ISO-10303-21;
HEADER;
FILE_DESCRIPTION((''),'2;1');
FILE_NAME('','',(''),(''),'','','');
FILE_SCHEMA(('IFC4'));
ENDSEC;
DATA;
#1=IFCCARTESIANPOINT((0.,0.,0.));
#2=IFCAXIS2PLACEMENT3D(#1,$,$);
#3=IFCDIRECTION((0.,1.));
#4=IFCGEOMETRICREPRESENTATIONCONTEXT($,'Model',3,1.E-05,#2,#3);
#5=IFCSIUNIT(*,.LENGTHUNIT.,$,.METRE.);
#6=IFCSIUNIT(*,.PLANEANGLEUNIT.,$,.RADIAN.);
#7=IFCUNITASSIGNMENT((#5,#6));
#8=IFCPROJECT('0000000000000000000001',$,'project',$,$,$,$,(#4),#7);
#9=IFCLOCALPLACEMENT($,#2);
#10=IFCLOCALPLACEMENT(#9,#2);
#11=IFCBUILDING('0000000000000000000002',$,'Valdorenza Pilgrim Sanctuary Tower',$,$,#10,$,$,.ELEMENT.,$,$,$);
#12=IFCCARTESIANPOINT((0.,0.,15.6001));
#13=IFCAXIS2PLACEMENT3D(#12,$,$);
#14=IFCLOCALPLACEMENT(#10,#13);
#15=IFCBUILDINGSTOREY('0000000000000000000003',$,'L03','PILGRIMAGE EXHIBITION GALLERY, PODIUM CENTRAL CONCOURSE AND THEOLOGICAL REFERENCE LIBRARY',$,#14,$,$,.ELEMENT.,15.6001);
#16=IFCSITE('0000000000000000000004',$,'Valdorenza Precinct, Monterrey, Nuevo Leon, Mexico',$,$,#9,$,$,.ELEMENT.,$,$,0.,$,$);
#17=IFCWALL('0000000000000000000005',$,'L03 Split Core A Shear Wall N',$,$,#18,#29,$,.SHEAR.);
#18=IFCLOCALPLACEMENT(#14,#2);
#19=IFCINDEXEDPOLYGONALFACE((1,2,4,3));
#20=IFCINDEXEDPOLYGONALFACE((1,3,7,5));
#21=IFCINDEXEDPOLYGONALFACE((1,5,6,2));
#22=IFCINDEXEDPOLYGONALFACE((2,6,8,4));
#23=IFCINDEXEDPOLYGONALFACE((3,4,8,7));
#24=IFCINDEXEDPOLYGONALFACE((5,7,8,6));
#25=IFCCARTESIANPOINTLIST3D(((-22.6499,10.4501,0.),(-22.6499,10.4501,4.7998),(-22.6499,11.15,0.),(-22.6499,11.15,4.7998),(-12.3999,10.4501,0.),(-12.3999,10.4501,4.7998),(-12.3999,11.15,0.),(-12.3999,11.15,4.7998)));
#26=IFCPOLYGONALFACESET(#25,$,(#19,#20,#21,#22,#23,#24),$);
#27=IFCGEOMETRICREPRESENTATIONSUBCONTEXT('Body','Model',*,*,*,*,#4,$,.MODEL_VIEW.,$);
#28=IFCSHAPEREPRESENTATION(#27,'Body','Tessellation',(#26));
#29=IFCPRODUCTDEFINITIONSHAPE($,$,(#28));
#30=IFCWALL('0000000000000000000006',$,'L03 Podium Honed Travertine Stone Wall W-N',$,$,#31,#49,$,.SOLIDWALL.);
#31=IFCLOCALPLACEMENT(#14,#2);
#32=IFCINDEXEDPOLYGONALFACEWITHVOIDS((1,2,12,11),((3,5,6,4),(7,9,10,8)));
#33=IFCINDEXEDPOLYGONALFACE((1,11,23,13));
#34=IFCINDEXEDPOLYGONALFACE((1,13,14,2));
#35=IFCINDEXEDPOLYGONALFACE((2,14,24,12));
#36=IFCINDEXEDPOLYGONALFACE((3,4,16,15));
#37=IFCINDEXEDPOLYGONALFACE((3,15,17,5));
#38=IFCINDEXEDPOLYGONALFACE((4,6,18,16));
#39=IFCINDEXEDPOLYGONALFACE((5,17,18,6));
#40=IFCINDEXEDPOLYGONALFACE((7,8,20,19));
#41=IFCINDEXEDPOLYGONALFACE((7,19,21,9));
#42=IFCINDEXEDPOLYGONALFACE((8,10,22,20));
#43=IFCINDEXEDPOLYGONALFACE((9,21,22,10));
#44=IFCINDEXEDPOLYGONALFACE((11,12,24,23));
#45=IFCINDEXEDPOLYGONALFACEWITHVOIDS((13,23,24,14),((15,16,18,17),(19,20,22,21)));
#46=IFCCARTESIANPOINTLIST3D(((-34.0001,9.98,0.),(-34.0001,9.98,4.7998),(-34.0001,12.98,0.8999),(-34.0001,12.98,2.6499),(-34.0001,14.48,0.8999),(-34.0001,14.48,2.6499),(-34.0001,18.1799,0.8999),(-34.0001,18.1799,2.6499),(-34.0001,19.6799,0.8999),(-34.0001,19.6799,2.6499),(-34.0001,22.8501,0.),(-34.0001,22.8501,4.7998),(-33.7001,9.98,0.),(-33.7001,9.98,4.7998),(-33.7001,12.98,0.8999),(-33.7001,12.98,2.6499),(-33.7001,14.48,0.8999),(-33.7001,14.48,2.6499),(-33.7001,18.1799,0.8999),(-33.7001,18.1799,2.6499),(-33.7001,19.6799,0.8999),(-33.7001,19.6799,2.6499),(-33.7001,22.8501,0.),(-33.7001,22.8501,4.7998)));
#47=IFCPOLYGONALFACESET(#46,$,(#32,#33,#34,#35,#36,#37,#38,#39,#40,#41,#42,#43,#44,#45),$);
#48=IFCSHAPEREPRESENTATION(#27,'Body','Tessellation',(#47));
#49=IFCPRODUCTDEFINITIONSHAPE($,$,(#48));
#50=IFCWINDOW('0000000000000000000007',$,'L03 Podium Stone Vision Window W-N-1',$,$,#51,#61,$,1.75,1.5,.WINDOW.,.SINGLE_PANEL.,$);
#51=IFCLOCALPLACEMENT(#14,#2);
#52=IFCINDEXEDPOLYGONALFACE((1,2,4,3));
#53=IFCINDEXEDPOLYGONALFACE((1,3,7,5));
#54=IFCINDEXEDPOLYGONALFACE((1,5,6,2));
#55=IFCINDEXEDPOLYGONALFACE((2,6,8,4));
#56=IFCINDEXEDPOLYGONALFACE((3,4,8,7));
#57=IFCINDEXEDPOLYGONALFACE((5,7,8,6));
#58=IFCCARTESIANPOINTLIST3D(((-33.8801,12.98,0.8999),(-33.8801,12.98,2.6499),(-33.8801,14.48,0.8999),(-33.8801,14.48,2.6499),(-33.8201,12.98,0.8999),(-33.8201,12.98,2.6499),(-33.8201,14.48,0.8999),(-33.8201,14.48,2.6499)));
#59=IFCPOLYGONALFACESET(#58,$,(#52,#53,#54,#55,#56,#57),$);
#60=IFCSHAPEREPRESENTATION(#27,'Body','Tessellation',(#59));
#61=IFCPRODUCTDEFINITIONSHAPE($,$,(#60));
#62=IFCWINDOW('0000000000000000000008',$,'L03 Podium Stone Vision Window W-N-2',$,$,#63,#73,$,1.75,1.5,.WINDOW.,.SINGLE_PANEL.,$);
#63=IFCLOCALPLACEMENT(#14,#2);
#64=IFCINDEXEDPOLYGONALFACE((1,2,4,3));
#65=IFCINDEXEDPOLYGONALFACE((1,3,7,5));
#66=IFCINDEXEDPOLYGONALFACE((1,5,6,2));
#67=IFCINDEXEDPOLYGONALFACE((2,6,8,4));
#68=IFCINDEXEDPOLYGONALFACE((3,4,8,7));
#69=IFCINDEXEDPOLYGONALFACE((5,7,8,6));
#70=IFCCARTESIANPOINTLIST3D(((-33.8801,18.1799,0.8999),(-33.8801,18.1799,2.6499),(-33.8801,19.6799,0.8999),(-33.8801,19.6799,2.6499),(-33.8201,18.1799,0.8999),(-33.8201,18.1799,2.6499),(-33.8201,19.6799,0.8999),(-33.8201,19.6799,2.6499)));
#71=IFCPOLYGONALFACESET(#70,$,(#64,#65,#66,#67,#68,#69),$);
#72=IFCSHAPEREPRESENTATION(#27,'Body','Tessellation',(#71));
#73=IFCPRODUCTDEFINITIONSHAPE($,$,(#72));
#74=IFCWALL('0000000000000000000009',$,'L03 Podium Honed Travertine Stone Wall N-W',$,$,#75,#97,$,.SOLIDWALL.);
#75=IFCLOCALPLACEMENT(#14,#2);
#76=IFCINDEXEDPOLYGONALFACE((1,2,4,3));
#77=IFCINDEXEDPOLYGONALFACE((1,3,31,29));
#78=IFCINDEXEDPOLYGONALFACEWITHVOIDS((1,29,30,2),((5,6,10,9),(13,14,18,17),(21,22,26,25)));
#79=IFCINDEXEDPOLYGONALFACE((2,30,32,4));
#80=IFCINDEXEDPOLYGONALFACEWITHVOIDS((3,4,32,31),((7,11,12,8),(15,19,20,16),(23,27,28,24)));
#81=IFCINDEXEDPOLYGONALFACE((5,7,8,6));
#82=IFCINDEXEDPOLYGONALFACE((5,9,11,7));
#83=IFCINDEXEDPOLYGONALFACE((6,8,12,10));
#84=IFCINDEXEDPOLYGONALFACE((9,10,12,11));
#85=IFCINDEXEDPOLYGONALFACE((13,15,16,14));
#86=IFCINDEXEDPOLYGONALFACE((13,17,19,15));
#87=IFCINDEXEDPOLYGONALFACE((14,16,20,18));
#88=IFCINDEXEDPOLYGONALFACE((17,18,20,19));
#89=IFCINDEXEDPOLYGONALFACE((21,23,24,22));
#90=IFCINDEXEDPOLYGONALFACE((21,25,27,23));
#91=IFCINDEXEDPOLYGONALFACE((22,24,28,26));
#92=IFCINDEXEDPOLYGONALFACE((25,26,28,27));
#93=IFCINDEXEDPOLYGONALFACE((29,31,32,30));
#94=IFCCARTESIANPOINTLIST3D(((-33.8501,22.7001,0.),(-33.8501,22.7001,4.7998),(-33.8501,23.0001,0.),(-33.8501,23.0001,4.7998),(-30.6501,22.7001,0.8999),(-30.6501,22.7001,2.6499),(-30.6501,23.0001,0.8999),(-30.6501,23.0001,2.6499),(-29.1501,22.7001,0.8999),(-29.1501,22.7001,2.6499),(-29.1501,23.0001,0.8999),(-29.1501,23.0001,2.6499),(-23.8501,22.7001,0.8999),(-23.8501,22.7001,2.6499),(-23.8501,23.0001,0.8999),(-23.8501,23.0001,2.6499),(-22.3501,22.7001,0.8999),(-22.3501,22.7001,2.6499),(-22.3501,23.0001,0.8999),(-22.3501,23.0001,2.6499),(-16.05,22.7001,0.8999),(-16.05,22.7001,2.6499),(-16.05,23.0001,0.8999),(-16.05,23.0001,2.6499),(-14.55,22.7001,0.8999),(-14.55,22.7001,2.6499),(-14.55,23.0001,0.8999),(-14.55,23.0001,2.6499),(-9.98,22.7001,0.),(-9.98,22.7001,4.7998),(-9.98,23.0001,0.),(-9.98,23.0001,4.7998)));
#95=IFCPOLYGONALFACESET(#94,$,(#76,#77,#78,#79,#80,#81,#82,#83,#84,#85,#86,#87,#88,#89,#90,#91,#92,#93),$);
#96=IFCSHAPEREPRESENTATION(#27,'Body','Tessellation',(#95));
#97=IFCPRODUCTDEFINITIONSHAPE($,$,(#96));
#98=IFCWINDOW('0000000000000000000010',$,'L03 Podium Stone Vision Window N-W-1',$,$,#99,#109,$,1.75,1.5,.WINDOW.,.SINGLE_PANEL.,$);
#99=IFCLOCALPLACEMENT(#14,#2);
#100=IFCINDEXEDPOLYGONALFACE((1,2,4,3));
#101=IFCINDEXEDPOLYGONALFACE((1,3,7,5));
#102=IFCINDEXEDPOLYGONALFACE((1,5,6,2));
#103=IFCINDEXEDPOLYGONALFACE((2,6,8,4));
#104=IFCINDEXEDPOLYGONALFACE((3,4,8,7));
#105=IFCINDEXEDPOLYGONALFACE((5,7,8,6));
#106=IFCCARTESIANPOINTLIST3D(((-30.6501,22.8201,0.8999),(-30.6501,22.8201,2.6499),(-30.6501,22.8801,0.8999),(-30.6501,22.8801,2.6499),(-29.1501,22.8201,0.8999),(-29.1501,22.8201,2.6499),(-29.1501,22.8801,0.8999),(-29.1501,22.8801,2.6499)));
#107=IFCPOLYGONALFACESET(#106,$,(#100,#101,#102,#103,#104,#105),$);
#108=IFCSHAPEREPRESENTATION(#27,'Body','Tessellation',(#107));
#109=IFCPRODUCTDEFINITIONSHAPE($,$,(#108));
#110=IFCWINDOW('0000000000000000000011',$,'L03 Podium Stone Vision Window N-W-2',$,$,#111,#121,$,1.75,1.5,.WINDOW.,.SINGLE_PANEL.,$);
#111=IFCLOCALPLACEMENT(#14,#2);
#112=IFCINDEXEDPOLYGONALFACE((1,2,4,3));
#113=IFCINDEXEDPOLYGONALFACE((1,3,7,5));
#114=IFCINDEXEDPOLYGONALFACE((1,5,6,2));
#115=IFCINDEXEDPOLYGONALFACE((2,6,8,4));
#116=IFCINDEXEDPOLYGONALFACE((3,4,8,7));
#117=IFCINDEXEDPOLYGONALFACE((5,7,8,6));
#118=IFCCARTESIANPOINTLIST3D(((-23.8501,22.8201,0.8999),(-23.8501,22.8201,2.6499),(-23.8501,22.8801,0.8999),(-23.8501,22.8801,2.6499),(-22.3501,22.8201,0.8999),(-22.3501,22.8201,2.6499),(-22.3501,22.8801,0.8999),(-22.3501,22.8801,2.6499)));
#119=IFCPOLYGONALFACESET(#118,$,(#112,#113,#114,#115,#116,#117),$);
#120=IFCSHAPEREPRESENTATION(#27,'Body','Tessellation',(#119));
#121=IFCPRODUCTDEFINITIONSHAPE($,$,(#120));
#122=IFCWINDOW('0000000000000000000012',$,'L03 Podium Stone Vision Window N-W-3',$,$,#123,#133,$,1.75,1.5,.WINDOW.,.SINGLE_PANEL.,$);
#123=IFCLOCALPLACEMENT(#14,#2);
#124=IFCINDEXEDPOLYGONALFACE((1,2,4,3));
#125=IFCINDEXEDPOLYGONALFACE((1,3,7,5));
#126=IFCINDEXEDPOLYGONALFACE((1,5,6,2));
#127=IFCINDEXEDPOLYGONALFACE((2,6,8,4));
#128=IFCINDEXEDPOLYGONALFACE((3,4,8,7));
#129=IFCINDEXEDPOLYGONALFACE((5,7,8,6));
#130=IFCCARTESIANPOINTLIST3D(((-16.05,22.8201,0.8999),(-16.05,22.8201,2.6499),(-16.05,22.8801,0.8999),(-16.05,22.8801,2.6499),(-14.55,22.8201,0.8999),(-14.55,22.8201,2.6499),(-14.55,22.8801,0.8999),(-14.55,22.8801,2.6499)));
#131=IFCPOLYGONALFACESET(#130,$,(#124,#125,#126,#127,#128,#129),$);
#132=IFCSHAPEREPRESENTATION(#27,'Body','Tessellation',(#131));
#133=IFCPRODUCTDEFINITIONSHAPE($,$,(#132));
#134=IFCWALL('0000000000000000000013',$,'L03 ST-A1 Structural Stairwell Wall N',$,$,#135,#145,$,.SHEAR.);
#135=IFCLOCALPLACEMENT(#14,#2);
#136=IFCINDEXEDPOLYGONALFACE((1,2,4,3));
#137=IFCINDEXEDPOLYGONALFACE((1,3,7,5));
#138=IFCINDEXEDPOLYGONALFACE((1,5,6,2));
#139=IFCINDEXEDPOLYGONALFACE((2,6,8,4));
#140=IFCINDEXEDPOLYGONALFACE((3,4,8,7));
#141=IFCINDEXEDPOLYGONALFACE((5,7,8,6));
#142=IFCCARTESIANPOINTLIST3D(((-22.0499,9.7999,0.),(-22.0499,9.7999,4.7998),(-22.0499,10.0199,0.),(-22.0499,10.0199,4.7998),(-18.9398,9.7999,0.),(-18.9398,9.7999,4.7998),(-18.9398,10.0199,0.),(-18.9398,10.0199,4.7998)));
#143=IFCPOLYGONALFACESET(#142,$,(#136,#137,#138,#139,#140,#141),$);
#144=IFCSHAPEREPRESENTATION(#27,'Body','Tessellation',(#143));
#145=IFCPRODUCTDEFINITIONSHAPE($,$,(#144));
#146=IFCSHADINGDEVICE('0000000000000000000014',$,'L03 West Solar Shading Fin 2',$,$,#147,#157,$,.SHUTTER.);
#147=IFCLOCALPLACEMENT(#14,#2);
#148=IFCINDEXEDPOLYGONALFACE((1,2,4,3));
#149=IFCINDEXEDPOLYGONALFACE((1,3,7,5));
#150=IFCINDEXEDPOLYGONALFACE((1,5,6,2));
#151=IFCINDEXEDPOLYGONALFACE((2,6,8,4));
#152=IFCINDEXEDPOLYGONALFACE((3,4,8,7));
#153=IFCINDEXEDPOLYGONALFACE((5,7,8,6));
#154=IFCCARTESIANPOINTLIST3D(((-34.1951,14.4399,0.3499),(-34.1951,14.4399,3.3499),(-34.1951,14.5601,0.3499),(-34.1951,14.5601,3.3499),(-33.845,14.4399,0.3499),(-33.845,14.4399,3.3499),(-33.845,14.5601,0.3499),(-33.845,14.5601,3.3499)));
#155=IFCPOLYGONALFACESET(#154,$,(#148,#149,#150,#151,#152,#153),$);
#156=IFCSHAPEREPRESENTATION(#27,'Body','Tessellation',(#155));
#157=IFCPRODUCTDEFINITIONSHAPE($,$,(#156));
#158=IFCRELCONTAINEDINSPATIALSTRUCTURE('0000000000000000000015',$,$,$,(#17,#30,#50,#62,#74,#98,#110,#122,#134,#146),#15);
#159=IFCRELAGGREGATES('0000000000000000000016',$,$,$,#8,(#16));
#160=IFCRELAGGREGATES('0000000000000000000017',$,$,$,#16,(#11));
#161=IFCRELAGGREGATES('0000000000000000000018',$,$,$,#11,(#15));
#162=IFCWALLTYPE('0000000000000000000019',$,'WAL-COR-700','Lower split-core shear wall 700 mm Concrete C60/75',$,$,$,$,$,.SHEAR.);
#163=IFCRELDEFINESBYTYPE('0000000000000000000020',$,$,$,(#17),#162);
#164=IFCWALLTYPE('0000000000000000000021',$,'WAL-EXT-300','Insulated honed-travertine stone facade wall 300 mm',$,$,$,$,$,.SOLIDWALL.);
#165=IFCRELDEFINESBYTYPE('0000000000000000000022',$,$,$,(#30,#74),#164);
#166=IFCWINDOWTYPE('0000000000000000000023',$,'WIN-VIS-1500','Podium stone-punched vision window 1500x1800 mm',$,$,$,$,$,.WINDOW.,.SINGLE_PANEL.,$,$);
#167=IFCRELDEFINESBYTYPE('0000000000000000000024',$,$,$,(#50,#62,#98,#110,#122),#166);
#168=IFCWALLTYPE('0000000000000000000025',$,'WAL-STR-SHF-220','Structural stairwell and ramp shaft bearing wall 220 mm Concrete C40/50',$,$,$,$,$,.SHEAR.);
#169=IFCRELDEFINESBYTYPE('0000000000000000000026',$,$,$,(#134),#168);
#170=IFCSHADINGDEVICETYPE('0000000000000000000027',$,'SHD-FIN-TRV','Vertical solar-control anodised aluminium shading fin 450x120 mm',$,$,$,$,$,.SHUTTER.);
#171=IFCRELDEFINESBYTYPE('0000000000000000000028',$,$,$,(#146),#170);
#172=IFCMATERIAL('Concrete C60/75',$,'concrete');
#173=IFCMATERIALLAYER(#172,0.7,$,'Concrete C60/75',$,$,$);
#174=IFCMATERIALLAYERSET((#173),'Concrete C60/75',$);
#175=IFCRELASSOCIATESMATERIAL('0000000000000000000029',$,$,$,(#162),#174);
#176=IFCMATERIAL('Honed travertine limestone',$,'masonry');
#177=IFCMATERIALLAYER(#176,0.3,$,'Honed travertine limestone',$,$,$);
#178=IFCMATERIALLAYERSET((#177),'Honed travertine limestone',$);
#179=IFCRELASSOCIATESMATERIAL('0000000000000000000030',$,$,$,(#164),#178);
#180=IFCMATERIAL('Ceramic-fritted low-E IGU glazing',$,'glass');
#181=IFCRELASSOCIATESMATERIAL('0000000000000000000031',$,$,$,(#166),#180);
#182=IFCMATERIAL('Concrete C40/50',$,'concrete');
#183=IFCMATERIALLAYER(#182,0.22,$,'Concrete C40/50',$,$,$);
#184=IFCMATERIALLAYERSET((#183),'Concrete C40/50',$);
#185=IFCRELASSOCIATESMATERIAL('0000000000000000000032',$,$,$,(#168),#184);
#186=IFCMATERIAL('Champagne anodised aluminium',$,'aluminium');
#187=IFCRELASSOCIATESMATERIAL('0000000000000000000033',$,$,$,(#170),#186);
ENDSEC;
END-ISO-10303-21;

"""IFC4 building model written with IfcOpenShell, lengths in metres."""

from ifc_helpers import new_model, si_unit, direction, frame, frame_2d, origin, origin_2d, place, context, subcontext, project, spatial, rectangle, extrude, source, transform, mapped, material, layer, layer_set, type_object, element, fill, save


model = new_model("IFC4")

# Units and contexts
model_context = context("Model", 3, precision=1e-05, world=origin(), true_north=direction((0.0, 1.0)))
body_context = subcontext(model_context, "Body", "Model", "MODEL_VIEW")
ifc_project = project(units=[si_unit("LENGTHUNIT", "METRE"), si_unit("PLANEANGLEUNIT", "RADIAN")], contexts=[model_context])

# Site, building, storey
site_placement = place(None, origin())
site = spatial("IfcSite", under=ifc_project, at=site_placement, Name="Valdorenza Precinct, Monterrey, Nuevo Leon, Mexico", CompositionType="ELEMENT", RefElevation=0.0)
building_placement = place(site_placement, origin())
building = spatial("IfcBuilding", under=site, at=building_placement, Name="Valdorenza Pilgrim Sanctuary Tower", CompositionType="ELEMENT")
storey_placement = place(building_placement, frame((0.0, 0.0, 15.6001)))
storey = spatial("IfcBuildingStorey", under=building, at=storey_placement, Name="L03", Description="PILGRIMAGE EXHIBITION GALLERY, PODIUM CENTRAL CONCOURSE AND THEOLOGICAL REFERENCE LIBRARY", CompositionType="ELEMENT", Elevation=15.6001)

# Shared definitions
ifc_material_1 = material(Name="Concrete C60/75", Category="concrete")

# Wall
ifc_layer_1 = layer(ifc_material_1, 0.7, Name="Concrete C60/75")
ifc_layer_set_1 = layer_set([ifc_layer_1], Name="Concrete C60/75")
wall_type_1 = type_object("IfcWallType", Name="WAL-COR-700", Description="Lower split-core shear wall 700 mm Concrete C60/75", PredefinedType="SHEAR", material=ifc_layer_set_1)
wall_1_placement = place(storey_placement, frame((-22.6499, 10.8, 0.0), z_axis=(0.0, 0.0, 1.0), x_axis=(1.0, 0.0, 0.0)))
element("IfcWall", 1, at=wall_1_placement, inside=storey, type_object=wall_type_1, Name="L03 Split Core A Shear Wall N", PredefinedType="SHEAR", context=body_context, shape_type="SweptSolid", body=[
    extrude(rectangle(XDim=10.25, YDim=0.7, at=frame_2d((5.125, 0.0))), origin(), (0.0, 0.0, 1.0), 4.7998),
])

# Walls, openings, windows
ifc_material_2 = material(Name="Honed travertine limestone", Category="masonry")
ifc_layer_2 = layer(ifc_material_2, 0.3, Name="Honed travertine limestone")
ifc_layer_set_2 = layer_set([ifc_layer_2], Name="Honed travertine limestone")
wall_type_2 = type_object("IfcWallType", Name="WAL-EXT-300", Description="Insulated honed-travertine stone facade wall 300 mm", PredefinedType="SOLIDWALL", material=ifc_layer_set_2)
wall_2_placement = place(storey_placement, frame((-33.8501, 9.98, 0.0), z_axis=(0.0, 0.0, 1.0), x_axis=(0.0, 1.0, 0.0)))
wall_2 = element("IfcWall", 2, at=wall_2_placement, inside=storey, type_object=wall_type_2, Name="L03 Podium Honed Travertine Stone Wall W-N", PredefinedType="SOLIDWALL", context=body_context, shape_type="SweptSolid", body=[
    extrude(rectangle(XDim=12.8701, YDim=0.3, at=frame_2d((6.4351, 0.0))), origin(), (0.0, 0.0, 1.0), 4.7998),
])
opening_1_placement = place(wall_2_placement, frame((3.0, 0.0, 0.8999)))
opening_1 = element("IfcOpeningElement", 3, at=opening_1_placement, cuts=wall_2, PredefinedType="OPENING", context=body_context, shape_type="SweptSolid", body=[
    extrude(rectangle(XDim=1.5, YDim=1.75, at=frame_2d((0.75, 0.875))), frame((0.0, 0.165, 0.0), z_axis=(0.0, -1.0, 0.0), x_axis=(1.0, 0.0, 0.0)), (0.0, 0.0, 1.0), 0.3298),
])
opening_2_placement = place(wall_2_placement, frame((8.2, 0.0, 0.8999)))
opening_2 = element("IfcOpeningElement", 4, at=opening_2_placement, cuts=wall_2, PredefinedType="OPENING", context=body_context, shape_type="SweptSolid", body=[
    extrude(rectangle(XDim=1.5, YDim=1.75, at=frame_2d((0.75, 0.875))), frame((0.0, 0.165, 0.0), z_axis=(0.0, -1.0, 0.0), x_axis=(1.0, 0.0, 0.0)), (0.0, 0.0, 1.0), 0.3298),
])
ifc_material_3 = material(Name="Ceramic-fritted low-E IGU glazing", Category="glass")
window_type = type_object("IfcWindowType", Name="WIN-VIS-1500", Description="Podium stone-punched vision window 1500x1800 mm", PartitioningType="SINGLE_PANEL", PredefinedType="WINDOW", material=ifc_material_3)
window_1_placement = place(opening_1_placement, origin())
window_1 = element("IfcWindow", 5, at=window_1_placement, inside=storey, type_object=window_type, Name="L03 Podium Stone Vision Window W-N-1", OverallHeight=1.75, OverallWidth=1.5, PartitioningType="SINGLE_PANEL", PredefinedType="WINDOW", context=body_context, shape_type="SweptSolid", body=[
    extrude(rectangle(XDim=1.5, YDim=1.75, at=frame_2d((0.75, 0.875))), frame((0.0, 0.03, 0.0), z_axis=(0.0, -1.0, 0.0), x_axis=(1.0, 0.0, 0.0)), (0.0, 0.0, 1.0), 0.0601),
])
fill(opening_1, window_1)
window_2_placement = place(opening_2_placement, origin())
window_2 = element("IfcWindow", 6, at=window_2_placement, inside=storey, type_object=window_type, Name="L03 Podium Stone Vision Window W-N-2", OverallHeight=1.75, OverallWidth=1.5, PartitioningType="SINGLE_PANEL", PredefinedType="WINDOW", context=body_context, shape_type="SweptSolid", body=[
    extrude(rectangle(XDim=1.5, YDim=1.75, at=frame_2d((0.75, 0.875))), frame((0.0, 0.03, 0.0), z_axis=(0.0, -1.0, 0.0), x_axis=(1.0, 0.0, 0.0)), (0.0, 0.0, 1.0), 0.0601),
])
fill(opening_2, window_2)
wall_3_placement = place(storey_placement, frame((-33.8501, 22.8501, 0.0), z_axis=(0.0, 0.0, 1.0), x_axis=(1.0, 0.0, 0.0)))
wall_3 = element("IfcWall", 7, at=wall_3_placement, inside=storey, type_object=wall_type_2, Name="L03 Podium Honed Travertine Stone Wall N-W", PredefinedType="SOLIDWALL", context=body_context, shape_type="SweptSolid", body=[
    extrude(rectangle(XDim=23.8701, YDim=0.3, at=frame_2d((11.9351, 0.0))), origin(), (0.0, 0.0, 1.0), 4.7998),
])
opening_3_placement = place(wall_3_placement, frame((3.2, 0.0, 0.8999)))
opening_3 = element("IfcOpeningElement", 8, at=opening_3_placement, cuts=wall_3, PredefinedType="OPENING", context=body_context, shape_type="SweptSolid", body=[
    extrude(rectangle(XDim=1.5, YDim=1.75, at=frame_2d((0.75, 0.875))), frame((0.0, 0.165, 0.0), z_axis=(0.0, -1.0, 0.0), x_axis=(1.0, 0.0, 0.0)), (0.0, 0.0, 1.0), 0.3298),
])
opening_4_placement = place(wall_3_placement, frame((10.0, 0.0, 0.8999)))
opening_4 = element("IfcOpeningElement", 9, at=opening_4_placement, cuts=wall_3, PredefinedType="OPENING", context=body_context, shape_type="SweptSolid", body=[
    extrude(rectangle(XDim=1.5, YDim=1.75, at=frame_2d((0.75, 0.875))), frame((0.0, 0.165, 0.0), z_axis=(0.0, -1.0, 0.0), x_axis=(1.0, 0.0, 0.0)), (0.0, 0.0, 1.0), 0.3298),
])
opening_5_placement = place(wall_3_placement, frame((17.8, 0.0, 0.8999)))
opening_5 = element("IfcOpeningElement", 10, at=opening_5_placement, cuts=wall_3, PredefinedType="OPENING", context=body_context, shape_type="SweptSolid", body=[
    extrude(rectangle(XDim=1.5, YDim=1.75, at=frame_2d((0.75, 0.875))), frame((0.0, 0.165, 0.0), z_axis=(0.0, -1.0, 0.0), x_axis=(1.0, 0.0, 0.0)), (0.0, 0.0, 1.0), 0.3298),
])
window_3_placement = place(opening_3_placement, origin())
window_3 = element("IfcWindow", 11, at=window_3_placement, inside=storey, type_object=window_type, Name="L03 Podium Stone Vision Window N-W-1", OverallHeight=1.75, OverallWidth=1.5, PartitioningType="SINGLE_PANEL", PredefinedType="WINDOW", context=body_context, shape_type="SweptSolid", body=[
    extrude(rectangle(XDim=1.5, YDim=1.75, at=frame_2d((0.75, 0.875))), frame((0.0, 0.03, 0.0), z_axis=(0.0, -1.0, 0.0), x_axis=(1.0, 0.0, 0.0)), (0.0, 0.0, 1.0), 0.0601),
])
fill(opening_3, window_3)
window_4_placement = place(opening_4_placement, origin())
window_4 = element("IfcWindow", 12, at=window_4_placement, inside=storey, type_object=window_type, Name="L03 Podium Stone Vision Window N-W-2", OverallHeight=1.75, OverallWidth=1.5, PartitioningType="SINGLE_PANEL", PredefinedType="WINDOW", context=body_context, shape_type="SweptSolid", body=[
    extrude(rectangle(XDim=1.5, YDim=1.75, at=frame_2d((0.75, 0.875))), frame((0.0, 0.03, 0.0), z_axis=(0.0, -1.0, 0.0), x_axis=(1.0, 0.0, 0.0)), (0.0, 0.0, 1.0), 0.0601),
])
fill(opening_4, window_4)
window_5_placement = place(opening_5_placement, origin())
window_5 = element("IfcWindow", 13, at=window_5_placement, inside=storey, type_object=window_type, Name="L03 Podium Stone Vision Window N-W-3", OverallHeight=1.75, OverallWidth=1.5, PartitioningType="SINGLE_PANEL", PredefinedType="WINDOW", context=body_context, shape_type="SweptSolid", body=[
    extrude(rectangle(XDim=1.5, YDim=1.75, at=frame_2d((0.75, 0.875))), frame((0.0, 0.03, 0.0), z_axis=(0.0, -1.0, 0.0), x_axis=(1.0, 0.0, 0.0)), (0.0, 0.0, 1.0), 0.0601),
])
fill(opening_5, window_5)

# Wall
ifc_material_4 = material(Name="Concrete C40/50", Category="concrete")
ifc_layer_3 = layer(ifc_material_4, 0.22, Name="Concrete C40/50")
ifc_layer_set_3 = layer_set([ifc_layer_3], Name="Concrete C40/50")
wall_type_3 = type_object("IfcWallType", Name="WAL-STR-SHF-220", Description="Structural stairwell and ramp shaft bearing wall 220 mm Concrete C40/50", PredefinedType="SHEAR", material=ifc_layer_set_3)
wall_4_placement = place(storey_placement, frame((-22.05, 9.9099, 0.0), z_axis=(0.0, 0.0, 1.0), x_axis=(1.0, 0.0, 0.0)))
element("IfcWall", 14, at=wall_4_placement, inside=storey, type_object=wall_type_3, Name="L03 ST-A1 Structural Stairwell Wall N", PredefinedType="SHEAR", context=body_context, shape_type="SweptSolid", body=[
    extrude(rectangle(XDim=3.1101, YDim=0.22, at=frame_2d((1.5552, 0.0))), origin(), (0.0, 0.0, 1.0), 4.7998),
])

# Shading device
ifc_material_5 = material(Name="Champagne anodised aluminium", Category="aluminium")
shading_device_type = type_object("IfcShadingDeviceType", Name="SHD-FIN-TRV", Description="Vertical solar-control anodised aluminium shading fin 450x120 mm", PredefinedType="SHUTTER", material=ifc_material_5)
shared_shape_1 = source(origin(), body_context, "Body", "SweptSolid", [
    extrude(rectangle(XDim=0.3501, YDim=0.1201, at=origin_2d()), origin(), (0.0, 0.0, 1.0), 3.0),
])
shading_device_placement = place(storey_placement, frame((-34.02, 14.5, 0.3499), z_axis=(0.0, 0.0, 1.0), x_axis=(1.0, 0.0, 0.0)))
element("IfcShadingDevice", 15, at=shading_device_placement, inside=storey, type_object=shading_device_type, Name="L03 West Solar Shading Fin 2", PredefinedType="SHUTTER", context=body_context, shape_type="MappedRepresentation", body=[
    mapped(shared_shape_1, transform((0.0, 0.0, 0.0), x_axis=(1.0, 0.0, 0.0), y_axis=(0.0, 1.0, 0.0), z_axis=(0.0, 0.0, 1.0), scale=1.0)),
])

save(model, "model.ifc")
